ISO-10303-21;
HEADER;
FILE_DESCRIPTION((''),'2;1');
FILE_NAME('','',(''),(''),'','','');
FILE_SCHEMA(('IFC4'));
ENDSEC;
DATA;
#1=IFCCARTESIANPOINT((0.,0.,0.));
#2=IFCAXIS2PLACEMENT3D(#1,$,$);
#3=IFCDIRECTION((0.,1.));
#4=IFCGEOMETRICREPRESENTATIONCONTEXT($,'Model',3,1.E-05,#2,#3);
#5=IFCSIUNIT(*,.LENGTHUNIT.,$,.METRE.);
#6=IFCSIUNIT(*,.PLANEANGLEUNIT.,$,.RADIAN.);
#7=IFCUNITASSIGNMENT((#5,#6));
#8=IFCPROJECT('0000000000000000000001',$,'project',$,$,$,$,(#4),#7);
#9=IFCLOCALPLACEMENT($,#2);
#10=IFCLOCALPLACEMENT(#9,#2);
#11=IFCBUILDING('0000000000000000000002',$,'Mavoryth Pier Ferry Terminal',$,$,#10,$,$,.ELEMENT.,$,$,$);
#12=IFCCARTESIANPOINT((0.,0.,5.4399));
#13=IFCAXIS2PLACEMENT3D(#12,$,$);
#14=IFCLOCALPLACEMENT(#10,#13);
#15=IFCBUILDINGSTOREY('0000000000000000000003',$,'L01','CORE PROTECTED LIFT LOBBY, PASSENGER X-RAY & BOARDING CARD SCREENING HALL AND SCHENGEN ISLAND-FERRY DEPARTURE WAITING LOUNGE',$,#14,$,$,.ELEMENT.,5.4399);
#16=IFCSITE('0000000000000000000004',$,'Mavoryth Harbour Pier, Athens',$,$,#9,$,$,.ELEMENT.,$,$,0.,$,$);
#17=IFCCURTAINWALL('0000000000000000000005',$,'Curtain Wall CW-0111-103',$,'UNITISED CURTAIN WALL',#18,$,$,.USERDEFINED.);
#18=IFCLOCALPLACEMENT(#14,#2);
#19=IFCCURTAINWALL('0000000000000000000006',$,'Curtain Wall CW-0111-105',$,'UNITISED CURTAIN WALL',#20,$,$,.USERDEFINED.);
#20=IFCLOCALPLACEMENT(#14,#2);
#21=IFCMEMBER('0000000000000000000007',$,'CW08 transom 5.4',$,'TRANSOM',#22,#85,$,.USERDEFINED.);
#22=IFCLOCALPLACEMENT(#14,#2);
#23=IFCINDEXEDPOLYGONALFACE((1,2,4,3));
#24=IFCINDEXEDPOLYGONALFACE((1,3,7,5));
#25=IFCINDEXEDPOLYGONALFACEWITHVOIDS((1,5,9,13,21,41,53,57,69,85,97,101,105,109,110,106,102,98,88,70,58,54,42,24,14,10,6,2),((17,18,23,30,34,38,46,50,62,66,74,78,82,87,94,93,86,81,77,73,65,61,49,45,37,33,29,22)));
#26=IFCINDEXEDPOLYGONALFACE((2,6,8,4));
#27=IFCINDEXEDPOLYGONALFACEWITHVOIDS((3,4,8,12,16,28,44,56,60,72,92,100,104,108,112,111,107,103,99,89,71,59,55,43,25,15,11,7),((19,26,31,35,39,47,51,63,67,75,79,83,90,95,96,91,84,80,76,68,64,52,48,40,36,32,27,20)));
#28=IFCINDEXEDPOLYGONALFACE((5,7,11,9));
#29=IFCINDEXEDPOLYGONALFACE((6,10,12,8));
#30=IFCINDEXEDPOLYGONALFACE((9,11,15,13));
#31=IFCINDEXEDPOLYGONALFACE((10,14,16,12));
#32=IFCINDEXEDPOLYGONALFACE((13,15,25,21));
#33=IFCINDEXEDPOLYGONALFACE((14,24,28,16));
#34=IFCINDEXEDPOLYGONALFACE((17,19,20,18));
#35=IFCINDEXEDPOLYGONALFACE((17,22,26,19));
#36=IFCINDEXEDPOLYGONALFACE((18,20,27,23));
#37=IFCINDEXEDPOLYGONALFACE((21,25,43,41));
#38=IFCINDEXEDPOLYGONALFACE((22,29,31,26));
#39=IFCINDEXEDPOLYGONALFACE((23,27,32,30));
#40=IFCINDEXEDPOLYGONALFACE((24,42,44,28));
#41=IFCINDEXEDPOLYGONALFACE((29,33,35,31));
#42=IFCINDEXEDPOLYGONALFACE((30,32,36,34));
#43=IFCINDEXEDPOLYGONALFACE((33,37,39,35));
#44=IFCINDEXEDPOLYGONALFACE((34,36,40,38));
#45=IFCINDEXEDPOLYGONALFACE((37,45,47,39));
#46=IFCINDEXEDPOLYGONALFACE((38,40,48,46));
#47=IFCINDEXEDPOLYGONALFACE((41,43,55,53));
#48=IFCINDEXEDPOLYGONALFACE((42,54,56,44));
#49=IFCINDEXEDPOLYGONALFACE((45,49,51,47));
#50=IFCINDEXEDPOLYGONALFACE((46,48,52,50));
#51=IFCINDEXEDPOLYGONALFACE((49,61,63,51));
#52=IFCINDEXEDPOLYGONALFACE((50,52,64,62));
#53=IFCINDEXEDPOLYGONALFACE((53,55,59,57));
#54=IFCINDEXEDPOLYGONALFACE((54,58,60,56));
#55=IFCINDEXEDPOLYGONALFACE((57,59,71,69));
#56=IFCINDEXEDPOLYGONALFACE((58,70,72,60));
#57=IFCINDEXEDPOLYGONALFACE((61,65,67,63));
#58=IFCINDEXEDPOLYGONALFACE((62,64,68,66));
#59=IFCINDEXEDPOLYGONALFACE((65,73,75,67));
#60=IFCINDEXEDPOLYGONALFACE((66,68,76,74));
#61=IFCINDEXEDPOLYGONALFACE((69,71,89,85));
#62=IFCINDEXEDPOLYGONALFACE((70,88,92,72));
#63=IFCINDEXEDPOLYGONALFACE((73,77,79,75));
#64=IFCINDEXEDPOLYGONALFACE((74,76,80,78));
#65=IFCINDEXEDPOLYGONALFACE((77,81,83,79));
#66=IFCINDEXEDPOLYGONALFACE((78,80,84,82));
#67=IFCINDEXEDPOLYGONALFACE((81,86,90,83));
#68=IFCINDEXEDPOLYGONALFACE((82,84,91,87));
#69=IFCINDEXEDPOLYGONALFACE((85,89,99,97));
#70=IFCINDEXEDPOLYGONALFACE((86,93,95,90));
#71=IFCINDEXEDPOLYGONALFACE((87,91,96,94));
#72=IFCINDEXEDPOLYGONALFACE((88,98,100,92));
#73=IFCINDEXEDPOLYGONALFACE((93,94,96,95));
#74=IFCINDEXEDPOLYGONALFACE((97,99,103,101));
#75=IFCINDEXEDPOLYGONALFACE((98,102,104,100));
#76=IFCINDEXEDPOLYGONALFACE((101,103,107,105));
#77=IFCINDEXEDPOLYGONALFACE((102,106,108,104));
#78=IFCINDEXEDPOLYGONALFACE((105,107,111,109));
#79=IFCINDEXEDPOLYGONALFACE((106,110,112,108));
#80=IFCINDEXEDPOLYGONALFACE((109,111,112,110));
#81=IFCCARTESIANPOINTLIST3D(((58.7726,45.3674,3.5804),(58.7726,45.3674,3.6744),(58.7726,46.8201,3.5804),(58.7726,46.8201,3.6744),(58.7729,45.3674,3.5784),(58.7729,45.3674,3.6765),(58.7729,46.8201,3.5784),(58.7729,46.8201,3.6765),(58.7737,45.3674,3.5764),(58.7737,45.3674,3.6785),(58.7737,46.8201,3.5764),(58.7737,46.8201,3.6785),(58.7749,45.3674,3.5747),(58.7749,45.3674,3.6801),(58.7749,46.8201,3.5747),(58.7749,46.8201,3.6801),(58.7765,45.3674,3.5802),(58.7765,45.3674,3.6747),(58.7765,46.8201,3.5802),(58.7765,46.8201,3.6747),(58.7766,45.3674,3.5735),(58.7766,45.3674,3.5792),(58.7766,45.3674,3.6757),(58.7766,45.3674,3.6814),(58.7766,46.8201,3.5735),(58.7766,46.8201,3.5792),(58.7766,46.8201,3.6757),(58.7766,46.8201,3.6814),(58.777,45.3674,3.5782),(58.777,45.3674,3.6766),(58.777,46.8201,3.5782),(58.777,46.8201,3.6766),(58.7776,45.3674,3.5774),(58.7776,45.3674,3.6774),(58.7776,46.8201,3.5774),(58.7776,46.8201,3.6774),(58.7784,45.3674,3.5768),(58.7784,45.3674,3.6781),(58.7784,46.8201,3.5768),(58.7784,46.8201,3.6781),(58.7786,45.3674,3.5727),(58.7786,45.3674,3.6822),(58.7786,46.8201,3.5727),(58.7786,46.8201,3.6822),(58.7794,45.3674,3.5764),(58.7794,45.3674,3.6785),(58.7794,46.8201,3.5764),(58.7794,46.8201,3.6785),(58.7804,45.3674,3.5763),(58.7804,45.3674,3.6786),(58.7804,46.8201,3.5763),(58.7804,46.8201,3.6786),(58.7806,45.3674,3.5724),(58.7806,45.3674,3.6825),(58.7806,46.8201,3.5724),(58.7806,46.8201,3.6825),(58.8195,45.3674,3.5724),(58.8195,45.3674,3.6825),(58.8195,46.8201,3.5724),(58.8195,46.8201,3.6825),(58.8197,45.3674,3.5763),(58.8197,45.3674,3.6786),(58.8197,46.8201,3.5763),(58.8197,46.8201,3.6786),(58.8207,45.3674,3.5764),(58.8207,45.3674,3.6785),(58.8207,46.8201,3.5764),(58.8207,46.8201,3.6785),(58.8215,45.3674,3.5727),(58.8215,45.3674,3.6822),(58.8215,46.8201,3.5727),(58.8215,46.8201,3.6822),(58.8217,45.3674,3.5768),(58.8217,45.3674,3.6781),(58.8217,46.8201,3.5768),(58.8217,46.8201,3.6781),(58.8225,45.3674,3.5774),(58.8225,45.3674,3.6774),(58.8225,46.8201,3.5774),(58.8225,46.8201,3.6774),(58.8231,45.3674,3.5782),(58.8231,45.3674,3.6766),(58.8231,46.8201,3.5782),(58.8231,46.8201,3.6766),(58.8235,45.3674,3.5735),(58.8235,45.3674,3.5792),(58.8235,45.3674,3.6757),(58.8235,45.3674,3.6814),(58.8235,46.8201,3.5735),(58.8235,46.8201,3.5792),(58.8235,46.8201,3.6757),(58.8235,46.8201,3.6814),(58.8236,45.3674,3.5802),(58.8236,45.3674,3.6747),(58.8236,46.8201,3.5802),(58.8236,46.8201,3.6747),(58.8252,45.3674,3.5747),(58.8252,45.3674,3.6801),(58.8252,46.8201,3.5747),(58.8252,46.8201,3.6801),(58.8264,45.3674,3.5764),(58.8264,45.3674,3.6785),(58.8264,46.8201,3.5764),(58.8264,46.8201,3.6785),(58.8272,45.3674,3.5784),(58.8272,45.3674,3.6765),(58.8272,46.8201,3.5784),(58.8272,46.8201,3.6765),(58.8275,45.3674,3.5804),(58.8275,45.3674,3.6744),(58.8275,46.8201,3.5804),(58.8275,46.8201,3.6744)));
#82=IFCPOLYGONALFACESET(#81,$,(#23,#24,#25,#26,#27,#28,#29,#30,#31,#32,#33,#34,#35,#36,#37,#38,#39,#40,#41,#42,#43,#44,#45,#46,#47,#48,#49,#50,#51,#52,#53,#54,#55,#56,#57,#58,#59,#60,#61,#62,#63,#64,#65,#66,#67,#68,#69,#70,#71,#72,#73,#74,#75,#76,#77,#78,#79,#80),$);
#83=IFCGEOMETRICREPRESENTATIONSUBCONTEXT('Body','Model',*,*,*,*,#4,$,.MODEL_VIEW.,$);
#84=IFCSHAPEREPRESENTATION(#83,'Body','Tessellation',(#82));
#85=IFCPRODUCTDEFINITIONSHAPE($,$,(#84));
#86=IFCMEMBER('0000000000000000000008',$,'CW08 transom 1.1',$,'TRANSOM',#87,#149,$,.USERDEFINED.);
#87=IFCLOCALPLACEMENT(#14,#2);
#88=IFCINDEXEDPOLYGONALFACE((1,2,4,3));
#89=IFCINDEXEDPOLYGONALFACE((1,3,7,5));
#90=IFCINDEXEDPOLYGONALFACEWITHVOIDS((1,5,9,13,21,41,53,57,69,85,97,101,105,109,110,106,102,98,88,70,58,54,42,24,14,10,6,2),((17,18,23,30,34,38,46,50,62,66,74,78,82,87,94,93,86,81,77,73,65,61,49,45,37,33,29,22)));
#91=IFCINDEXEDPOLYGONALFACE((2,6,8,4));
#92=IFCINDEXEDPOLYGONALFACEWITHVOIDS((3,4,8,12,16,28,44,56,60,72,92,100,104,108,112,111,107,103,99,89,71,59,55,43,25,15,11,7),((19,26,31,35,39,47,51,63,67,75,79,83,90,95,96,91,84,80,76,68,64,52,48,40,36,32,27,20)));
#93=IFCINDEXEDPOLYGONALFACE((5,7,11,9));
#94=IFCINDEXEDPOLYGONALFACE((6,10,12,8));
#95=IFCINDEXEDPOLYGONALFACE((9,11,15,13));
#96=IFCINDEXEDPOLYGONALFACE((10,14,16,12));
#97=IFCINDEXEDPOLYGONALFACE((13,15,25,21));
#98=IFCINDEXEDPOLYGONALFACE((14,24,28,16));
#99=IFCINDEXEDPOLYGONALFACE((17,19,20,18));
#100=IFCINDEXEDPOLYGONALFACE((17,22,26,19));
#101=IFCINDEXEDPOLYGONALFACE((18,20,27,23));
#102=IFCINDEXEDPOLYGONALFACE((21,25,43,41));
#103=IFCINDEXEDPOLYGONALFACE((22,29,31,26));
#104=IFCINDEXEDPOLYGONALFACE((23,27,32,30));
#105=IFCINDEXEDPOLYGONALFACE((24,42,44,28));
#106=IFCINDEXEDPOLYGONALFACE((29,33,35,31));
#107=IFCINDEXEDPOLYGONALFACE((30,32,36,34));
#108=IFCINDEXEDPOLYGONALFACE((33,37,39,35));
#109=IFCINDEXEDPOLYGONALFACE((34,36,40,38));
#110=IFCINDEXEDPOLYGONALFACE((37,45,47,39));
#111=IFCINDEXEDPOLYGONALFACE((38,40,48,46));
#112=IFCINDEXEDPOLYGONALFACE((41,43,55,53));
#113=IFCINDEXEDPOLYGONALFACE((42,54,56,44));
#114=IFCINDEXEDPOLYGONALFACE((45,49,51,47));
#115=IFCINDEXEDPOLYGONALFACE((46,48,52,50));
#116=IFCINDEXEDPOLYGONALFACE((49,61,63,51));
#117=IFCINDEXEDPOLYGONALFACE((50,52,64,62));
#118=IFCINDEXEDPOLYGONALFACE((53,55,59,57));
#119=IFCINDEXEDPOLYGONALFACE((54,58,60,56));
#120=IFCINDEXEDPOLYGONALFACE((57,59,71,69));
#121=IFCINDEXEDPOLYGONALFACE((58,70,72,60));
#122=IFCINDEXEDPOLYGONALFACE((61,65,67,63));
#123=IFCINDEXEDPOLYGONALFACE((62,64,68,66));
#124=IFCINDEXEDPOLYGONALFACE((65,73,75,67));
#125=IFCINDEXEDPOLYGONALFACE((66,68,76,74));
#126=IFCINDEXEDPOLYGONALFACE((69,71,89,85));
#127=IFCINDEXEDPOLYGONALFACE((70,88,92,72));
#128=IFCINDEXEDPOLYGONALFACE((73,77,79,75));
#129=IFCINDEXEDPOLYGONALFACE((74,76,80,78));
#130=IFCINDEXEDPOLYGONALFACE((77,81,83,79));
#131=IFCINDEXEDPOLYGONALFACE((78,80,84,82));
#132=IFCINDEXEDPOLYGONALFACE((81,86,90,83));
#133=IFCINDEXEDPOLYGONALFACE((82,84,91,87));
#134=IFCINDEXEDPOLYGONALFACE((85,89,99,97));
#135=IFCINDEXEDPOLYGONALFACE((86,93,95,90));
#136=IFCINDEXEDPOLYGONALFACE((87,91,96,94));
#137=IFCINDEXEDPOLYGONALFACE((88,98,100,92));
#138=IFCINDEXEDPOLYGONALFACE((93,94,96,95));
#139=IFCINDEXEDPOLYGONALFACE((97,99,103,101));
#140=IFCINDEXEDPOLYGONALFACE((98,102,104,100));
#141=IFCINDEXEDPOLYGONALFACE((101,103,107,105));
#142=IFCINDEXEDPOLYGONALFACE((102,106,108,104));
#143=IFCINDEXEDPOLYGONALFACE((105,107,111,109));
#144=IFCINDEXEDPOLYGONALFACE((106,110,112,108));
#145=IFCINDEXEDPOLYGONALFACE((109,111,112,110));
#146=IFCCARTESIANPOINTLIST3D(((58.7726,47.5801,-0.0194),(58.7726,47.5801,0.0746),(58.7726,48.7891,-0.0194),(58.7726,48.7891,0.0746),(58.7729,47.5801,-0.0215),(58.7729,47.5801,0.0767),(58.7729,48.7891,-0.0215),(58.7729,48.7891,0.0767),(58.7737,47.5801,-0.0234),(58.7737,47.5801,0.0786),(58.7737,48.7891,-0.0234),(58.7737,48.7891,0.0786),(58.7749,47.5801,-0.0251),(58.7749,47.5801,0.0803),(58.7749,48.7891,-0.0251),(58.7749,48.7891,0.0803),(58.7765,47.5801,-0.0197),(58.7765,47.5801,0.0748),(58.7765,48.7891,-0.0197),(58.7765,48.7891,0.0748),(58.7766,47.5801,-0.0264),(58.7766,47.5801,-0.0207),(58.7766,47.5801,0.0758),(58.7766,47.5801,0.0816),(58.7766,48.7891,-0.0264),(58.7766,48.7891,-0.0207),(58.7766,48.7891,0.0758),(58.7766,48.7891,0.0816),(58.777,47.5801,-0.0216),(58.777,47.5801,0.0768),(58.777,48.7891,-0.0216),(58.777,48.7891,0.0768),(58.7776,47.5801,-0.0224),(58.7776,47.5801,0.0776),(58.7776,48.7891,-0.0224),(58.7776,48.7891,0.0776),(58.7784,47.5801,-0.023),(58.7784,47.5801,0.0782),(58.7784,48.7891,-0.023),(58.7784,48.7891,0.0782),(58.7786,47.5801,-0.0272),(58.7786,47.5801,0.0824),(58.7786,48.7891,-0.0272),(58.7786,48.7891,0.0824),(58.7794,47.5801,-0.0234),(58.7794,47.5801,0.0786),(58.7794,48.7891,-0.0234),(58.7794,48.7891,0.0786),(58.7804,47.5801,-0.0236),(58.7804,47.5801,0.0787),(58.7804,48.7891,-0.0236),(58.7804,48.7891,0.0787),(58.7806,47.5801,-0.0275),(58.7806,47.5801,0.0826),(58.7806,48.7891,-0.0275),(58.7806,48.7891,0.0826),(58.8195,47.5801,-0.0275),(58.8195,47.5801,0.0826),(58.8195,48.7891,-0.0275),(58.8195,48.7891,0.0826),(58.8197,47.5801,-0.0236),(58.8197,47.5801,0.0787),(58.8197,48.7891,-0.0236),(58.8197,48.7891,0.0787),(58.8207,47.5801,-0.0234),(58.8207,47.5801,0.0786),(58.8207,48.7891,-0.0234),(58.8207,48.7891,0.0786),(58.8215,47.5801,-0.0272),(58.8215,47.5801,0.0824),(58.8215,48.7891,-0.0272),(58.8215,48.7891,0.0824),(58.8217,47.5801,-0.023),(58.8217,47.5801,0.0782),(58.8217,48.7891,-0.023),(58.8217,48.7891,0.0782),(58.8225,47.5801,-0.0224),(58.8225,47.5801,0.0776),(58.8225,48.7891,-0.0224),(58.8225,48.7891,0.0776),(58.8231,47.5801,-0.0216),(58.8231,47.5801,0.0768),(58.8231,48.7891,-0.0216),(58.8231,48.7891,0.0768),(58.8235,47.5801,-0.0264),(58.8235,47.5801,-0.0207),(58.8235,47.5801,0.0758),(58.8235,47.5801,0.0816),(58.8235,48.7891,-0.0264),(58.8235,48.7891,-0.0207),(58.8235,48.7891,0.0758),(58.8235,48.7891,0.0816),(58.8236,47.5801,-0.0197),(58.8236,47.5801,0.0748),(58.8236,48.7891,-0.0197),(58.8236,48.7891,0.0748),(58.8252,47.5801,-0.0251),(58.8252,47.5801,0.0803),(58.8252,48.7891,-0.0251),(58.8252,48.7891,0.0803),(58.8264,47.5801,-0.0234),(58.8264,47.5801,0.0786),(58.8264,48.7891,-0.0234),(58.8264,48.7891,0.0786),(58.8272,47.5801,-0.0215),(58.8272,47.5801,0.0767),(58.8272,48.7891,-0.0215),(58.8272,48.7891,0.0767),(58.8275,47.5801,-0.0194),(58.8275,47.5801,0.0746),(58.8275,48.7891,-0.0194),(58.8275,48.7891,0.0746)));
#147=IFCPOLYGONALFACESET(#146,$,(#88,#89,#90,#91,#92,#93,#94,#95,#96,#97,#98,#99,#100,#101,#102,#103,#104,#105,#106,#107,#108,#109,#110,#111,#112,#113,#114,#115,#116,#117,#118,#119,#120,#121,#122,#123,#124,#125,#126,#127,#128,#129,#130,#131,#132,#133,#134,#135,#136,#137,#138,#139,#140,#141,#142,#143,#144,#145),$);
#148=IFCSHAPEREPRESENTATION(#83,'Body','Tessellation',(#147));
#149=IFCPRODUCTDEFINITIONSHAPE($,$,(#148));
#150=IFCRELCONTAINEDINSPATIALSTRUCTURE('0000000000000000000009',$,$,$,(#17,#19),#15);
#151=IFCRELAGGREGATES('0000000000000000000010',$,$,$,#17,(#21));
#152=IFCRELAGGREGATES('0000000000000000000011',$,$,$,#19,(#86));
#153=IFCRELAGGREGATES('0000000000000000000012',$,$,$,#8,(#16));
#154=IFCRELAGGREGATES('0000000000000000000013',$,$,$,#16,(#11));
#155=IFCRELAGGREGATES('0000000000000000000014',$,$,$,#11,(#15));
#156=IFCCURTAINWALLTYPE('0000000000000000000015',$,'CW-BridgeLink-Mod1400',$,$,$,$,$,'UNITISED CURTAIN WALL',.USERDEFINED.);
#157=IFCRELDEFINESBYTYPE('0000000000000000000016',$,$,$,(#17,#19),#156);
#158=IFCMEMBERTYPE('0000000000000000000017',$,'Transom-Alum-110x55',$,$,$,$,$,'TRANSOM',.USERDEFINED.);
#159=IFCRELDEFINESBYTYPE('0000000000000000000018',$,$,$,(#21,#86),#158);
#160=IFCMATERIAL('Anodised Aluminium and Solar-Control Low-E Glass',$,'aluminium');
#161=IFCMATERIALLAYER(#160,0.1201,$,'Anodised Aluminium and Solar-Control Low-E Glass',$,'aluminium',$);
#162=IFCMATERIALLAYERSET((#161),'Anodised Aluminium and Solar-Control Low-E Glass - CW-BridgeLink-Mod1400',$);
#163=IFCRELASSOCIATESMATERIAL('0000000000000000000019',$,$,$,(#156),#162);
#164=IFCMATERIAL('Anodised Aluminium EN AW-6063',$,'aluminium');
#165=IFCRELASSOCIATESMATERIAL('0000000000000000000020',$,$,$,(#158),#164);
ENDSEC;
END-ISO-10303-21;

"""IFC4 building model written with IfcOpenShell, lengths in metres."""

from ifc_helpers import new_model, si_unit, direction, frame, origin, origin_2d, place, context, subcontext, project, spatial, hollow_rectangle, extrude, material, layer, layer_set, material_profile, profile_set, type_object, element, aggregate, save


model = new_model("IFC4")

# Units and contexts
model_context = context("Model", 3, precision=1e-05, world=origin(), true_north=direction((0.0, 1.0)))
body_context = subcontext(model_context, "Body", "Model", "MODEL_VIEW")
ifc_project = project(units=[si_unit("LENGTHUNIT", "METRE"), si_unit("PLANEANGLEUNIT", "RADIAN")], contexts=[model_context])

# Site, building, storey
site_placement = place(None, origin())
site = spatial("IfcSite", under=ifc_project, at=site_placement, Name="Mavoryth Harbour Pier, Athens", CompositionType="ELEMENT", RefElevation=0.0)
building_placement = place(site_placement, origin())
building = spatial("IfcBuilding", under=site, at=building_placement, Name="Mavoryth Pier Ferry Terminal", CompositionType="ELEMENT")
storey_placement = place(building_placement, frame((0.0, 0.0, 5.4399)))
storey = spatial("IfcBuildingStorey", under=building, at=storey_placement, Name="L01", Description="CORE PROTECTED LIFT LOBBY, PASSENGER X-RAY & BOARDING CARD SCREENING HALL AND SCHENGEN ISLAND-FERRY DEPARTURE WAITING LOUNGE", CompositionType="ELEMENT", Elevation=5.4399)

# Curtain wall
ifc_material_1 = material(Name="Anodised Aluminium and Solar-Control Low-E Glass", Category="aluminium")
ifc_layer_1 = layer(ifc_material_1, 0.1201, Name="Anodised Aluminium and Solar-Control Low-E Glass", Category="aluminium")
ifc_layer_set_1 = layer_set([ifc_layer_1], Name="Anodised Aluminium and Solar-Control Low-E Glass - CW-BridgeLink-Mod1400")
curtain_wall_type = type_object("IfcCurtainWallType", Name="CW-BridgeLink-Mod1400", ElementType="UNITISED CURTAIN WALL", PredefinedType="USERDEFINED", material=ifc_layer_set_1)
curtain_wall_1_placement = place(storey_placement, origin())
curtain_wall_1 = element("IfcCurtainWall", 1, at=curtain_wall_1_placement, inside=storey, type_object=curtain_wall_type, Name="Curtain Wall CW-0111-103", ObjectType="UNITISED CURTAIN WALL", PredefinedType="USERDEFINED")
ifc_material_2 = material(Name="Anodised Aluminium EN AW-6063", Category="aluminium")

# Curtain wall
curtain_wall_2_placement = place(storey_placement, origin())
curtain_wall_2 = element("IfcCurtainWall", 2, at=curtain_wall_2_placement, inside=storey, type_object=curtain_wall_type, Name="Curtain Wall CW-0111-105", ObjectType="UNITISED CURTAIN WALL", PredefinedType="USERDEFINED")

# Members
ifc_material_profile_1 = material_profile(ifc_material_2, hollow_rectangle(XDim=0.0549, YDim=0.1101, WallThickness=0.0039, InnerFilletRadius=0.0039, OuterFilletRadius=0.0081, at=origin_2d()), Name="AL-TRAN 110x55x4", Category="aluminium")
ifc_profile_set_1 = profile_set([ifc_material_profile_1], Name="Anodised Aluminium EN AW-6063 - AL-TRAN 110x55x4")
member_type_1 = type_object("IfcMemberType", Name="Transom-Alum-110x55", ElementType="TRANSOM", PredefinedType="USERDEFINED", material=ifc_profile_set_1)
member_1_placement = place(storey_placement, frame((58.8, 45.3674, 3.6274), z_axis=(0.0, 1.0, 0.0), x_axis=(-1.0, 0.0, 0.0)))
member_1 = element("IfcMember", 3, at=member_1_placement, type_object=member_type_1, Name="CW08 transom 5.4", ObjectType="TRANSOM", PredefinedType="USERDEFINED", context=body_context, shape_type="SweptSolid", body=[
    extrude(hollow_rectangle(XDim=0.0549, YDim=0.1101, WallThickness=0.0039, InnerFilletRadius=0.0039, OuterFilletRadius=0.0081, at=origin_2d()), origin(), (0.0, 0.0, 1.0), 1.4526),
])
member_2_placement = place(storey_placement, frame((58.8, 47.5801, 0.0276), z_axis=(0.0, 1.0, 0.0), x_axis=(-1.0, 0.0, 0.0)))
member_2 = element("IfcMember", 4, at=member_2_placement, type_object=member_type_1, Name="CW08 transom 1.1", ObjectType="TRANSOM", PredefinedType="USERDEFINED", context=body_context, shape_type="SweptSolid", body=[
    extrude(hollow_rectangle(XDim=0.0549, YDim=0.1101, WallThickness=0.0039, InnerFilletRadius=0.0039, OuterFilletRadius=0.0081, at=origin_2d()), origin(), (0.0, 0.0, 1.0), 1.209),
])

aggregate(curtain_wall_1, [member_1])
aggregate(curtain_wall_2, [member_2])

save(model, "model.ifc")
